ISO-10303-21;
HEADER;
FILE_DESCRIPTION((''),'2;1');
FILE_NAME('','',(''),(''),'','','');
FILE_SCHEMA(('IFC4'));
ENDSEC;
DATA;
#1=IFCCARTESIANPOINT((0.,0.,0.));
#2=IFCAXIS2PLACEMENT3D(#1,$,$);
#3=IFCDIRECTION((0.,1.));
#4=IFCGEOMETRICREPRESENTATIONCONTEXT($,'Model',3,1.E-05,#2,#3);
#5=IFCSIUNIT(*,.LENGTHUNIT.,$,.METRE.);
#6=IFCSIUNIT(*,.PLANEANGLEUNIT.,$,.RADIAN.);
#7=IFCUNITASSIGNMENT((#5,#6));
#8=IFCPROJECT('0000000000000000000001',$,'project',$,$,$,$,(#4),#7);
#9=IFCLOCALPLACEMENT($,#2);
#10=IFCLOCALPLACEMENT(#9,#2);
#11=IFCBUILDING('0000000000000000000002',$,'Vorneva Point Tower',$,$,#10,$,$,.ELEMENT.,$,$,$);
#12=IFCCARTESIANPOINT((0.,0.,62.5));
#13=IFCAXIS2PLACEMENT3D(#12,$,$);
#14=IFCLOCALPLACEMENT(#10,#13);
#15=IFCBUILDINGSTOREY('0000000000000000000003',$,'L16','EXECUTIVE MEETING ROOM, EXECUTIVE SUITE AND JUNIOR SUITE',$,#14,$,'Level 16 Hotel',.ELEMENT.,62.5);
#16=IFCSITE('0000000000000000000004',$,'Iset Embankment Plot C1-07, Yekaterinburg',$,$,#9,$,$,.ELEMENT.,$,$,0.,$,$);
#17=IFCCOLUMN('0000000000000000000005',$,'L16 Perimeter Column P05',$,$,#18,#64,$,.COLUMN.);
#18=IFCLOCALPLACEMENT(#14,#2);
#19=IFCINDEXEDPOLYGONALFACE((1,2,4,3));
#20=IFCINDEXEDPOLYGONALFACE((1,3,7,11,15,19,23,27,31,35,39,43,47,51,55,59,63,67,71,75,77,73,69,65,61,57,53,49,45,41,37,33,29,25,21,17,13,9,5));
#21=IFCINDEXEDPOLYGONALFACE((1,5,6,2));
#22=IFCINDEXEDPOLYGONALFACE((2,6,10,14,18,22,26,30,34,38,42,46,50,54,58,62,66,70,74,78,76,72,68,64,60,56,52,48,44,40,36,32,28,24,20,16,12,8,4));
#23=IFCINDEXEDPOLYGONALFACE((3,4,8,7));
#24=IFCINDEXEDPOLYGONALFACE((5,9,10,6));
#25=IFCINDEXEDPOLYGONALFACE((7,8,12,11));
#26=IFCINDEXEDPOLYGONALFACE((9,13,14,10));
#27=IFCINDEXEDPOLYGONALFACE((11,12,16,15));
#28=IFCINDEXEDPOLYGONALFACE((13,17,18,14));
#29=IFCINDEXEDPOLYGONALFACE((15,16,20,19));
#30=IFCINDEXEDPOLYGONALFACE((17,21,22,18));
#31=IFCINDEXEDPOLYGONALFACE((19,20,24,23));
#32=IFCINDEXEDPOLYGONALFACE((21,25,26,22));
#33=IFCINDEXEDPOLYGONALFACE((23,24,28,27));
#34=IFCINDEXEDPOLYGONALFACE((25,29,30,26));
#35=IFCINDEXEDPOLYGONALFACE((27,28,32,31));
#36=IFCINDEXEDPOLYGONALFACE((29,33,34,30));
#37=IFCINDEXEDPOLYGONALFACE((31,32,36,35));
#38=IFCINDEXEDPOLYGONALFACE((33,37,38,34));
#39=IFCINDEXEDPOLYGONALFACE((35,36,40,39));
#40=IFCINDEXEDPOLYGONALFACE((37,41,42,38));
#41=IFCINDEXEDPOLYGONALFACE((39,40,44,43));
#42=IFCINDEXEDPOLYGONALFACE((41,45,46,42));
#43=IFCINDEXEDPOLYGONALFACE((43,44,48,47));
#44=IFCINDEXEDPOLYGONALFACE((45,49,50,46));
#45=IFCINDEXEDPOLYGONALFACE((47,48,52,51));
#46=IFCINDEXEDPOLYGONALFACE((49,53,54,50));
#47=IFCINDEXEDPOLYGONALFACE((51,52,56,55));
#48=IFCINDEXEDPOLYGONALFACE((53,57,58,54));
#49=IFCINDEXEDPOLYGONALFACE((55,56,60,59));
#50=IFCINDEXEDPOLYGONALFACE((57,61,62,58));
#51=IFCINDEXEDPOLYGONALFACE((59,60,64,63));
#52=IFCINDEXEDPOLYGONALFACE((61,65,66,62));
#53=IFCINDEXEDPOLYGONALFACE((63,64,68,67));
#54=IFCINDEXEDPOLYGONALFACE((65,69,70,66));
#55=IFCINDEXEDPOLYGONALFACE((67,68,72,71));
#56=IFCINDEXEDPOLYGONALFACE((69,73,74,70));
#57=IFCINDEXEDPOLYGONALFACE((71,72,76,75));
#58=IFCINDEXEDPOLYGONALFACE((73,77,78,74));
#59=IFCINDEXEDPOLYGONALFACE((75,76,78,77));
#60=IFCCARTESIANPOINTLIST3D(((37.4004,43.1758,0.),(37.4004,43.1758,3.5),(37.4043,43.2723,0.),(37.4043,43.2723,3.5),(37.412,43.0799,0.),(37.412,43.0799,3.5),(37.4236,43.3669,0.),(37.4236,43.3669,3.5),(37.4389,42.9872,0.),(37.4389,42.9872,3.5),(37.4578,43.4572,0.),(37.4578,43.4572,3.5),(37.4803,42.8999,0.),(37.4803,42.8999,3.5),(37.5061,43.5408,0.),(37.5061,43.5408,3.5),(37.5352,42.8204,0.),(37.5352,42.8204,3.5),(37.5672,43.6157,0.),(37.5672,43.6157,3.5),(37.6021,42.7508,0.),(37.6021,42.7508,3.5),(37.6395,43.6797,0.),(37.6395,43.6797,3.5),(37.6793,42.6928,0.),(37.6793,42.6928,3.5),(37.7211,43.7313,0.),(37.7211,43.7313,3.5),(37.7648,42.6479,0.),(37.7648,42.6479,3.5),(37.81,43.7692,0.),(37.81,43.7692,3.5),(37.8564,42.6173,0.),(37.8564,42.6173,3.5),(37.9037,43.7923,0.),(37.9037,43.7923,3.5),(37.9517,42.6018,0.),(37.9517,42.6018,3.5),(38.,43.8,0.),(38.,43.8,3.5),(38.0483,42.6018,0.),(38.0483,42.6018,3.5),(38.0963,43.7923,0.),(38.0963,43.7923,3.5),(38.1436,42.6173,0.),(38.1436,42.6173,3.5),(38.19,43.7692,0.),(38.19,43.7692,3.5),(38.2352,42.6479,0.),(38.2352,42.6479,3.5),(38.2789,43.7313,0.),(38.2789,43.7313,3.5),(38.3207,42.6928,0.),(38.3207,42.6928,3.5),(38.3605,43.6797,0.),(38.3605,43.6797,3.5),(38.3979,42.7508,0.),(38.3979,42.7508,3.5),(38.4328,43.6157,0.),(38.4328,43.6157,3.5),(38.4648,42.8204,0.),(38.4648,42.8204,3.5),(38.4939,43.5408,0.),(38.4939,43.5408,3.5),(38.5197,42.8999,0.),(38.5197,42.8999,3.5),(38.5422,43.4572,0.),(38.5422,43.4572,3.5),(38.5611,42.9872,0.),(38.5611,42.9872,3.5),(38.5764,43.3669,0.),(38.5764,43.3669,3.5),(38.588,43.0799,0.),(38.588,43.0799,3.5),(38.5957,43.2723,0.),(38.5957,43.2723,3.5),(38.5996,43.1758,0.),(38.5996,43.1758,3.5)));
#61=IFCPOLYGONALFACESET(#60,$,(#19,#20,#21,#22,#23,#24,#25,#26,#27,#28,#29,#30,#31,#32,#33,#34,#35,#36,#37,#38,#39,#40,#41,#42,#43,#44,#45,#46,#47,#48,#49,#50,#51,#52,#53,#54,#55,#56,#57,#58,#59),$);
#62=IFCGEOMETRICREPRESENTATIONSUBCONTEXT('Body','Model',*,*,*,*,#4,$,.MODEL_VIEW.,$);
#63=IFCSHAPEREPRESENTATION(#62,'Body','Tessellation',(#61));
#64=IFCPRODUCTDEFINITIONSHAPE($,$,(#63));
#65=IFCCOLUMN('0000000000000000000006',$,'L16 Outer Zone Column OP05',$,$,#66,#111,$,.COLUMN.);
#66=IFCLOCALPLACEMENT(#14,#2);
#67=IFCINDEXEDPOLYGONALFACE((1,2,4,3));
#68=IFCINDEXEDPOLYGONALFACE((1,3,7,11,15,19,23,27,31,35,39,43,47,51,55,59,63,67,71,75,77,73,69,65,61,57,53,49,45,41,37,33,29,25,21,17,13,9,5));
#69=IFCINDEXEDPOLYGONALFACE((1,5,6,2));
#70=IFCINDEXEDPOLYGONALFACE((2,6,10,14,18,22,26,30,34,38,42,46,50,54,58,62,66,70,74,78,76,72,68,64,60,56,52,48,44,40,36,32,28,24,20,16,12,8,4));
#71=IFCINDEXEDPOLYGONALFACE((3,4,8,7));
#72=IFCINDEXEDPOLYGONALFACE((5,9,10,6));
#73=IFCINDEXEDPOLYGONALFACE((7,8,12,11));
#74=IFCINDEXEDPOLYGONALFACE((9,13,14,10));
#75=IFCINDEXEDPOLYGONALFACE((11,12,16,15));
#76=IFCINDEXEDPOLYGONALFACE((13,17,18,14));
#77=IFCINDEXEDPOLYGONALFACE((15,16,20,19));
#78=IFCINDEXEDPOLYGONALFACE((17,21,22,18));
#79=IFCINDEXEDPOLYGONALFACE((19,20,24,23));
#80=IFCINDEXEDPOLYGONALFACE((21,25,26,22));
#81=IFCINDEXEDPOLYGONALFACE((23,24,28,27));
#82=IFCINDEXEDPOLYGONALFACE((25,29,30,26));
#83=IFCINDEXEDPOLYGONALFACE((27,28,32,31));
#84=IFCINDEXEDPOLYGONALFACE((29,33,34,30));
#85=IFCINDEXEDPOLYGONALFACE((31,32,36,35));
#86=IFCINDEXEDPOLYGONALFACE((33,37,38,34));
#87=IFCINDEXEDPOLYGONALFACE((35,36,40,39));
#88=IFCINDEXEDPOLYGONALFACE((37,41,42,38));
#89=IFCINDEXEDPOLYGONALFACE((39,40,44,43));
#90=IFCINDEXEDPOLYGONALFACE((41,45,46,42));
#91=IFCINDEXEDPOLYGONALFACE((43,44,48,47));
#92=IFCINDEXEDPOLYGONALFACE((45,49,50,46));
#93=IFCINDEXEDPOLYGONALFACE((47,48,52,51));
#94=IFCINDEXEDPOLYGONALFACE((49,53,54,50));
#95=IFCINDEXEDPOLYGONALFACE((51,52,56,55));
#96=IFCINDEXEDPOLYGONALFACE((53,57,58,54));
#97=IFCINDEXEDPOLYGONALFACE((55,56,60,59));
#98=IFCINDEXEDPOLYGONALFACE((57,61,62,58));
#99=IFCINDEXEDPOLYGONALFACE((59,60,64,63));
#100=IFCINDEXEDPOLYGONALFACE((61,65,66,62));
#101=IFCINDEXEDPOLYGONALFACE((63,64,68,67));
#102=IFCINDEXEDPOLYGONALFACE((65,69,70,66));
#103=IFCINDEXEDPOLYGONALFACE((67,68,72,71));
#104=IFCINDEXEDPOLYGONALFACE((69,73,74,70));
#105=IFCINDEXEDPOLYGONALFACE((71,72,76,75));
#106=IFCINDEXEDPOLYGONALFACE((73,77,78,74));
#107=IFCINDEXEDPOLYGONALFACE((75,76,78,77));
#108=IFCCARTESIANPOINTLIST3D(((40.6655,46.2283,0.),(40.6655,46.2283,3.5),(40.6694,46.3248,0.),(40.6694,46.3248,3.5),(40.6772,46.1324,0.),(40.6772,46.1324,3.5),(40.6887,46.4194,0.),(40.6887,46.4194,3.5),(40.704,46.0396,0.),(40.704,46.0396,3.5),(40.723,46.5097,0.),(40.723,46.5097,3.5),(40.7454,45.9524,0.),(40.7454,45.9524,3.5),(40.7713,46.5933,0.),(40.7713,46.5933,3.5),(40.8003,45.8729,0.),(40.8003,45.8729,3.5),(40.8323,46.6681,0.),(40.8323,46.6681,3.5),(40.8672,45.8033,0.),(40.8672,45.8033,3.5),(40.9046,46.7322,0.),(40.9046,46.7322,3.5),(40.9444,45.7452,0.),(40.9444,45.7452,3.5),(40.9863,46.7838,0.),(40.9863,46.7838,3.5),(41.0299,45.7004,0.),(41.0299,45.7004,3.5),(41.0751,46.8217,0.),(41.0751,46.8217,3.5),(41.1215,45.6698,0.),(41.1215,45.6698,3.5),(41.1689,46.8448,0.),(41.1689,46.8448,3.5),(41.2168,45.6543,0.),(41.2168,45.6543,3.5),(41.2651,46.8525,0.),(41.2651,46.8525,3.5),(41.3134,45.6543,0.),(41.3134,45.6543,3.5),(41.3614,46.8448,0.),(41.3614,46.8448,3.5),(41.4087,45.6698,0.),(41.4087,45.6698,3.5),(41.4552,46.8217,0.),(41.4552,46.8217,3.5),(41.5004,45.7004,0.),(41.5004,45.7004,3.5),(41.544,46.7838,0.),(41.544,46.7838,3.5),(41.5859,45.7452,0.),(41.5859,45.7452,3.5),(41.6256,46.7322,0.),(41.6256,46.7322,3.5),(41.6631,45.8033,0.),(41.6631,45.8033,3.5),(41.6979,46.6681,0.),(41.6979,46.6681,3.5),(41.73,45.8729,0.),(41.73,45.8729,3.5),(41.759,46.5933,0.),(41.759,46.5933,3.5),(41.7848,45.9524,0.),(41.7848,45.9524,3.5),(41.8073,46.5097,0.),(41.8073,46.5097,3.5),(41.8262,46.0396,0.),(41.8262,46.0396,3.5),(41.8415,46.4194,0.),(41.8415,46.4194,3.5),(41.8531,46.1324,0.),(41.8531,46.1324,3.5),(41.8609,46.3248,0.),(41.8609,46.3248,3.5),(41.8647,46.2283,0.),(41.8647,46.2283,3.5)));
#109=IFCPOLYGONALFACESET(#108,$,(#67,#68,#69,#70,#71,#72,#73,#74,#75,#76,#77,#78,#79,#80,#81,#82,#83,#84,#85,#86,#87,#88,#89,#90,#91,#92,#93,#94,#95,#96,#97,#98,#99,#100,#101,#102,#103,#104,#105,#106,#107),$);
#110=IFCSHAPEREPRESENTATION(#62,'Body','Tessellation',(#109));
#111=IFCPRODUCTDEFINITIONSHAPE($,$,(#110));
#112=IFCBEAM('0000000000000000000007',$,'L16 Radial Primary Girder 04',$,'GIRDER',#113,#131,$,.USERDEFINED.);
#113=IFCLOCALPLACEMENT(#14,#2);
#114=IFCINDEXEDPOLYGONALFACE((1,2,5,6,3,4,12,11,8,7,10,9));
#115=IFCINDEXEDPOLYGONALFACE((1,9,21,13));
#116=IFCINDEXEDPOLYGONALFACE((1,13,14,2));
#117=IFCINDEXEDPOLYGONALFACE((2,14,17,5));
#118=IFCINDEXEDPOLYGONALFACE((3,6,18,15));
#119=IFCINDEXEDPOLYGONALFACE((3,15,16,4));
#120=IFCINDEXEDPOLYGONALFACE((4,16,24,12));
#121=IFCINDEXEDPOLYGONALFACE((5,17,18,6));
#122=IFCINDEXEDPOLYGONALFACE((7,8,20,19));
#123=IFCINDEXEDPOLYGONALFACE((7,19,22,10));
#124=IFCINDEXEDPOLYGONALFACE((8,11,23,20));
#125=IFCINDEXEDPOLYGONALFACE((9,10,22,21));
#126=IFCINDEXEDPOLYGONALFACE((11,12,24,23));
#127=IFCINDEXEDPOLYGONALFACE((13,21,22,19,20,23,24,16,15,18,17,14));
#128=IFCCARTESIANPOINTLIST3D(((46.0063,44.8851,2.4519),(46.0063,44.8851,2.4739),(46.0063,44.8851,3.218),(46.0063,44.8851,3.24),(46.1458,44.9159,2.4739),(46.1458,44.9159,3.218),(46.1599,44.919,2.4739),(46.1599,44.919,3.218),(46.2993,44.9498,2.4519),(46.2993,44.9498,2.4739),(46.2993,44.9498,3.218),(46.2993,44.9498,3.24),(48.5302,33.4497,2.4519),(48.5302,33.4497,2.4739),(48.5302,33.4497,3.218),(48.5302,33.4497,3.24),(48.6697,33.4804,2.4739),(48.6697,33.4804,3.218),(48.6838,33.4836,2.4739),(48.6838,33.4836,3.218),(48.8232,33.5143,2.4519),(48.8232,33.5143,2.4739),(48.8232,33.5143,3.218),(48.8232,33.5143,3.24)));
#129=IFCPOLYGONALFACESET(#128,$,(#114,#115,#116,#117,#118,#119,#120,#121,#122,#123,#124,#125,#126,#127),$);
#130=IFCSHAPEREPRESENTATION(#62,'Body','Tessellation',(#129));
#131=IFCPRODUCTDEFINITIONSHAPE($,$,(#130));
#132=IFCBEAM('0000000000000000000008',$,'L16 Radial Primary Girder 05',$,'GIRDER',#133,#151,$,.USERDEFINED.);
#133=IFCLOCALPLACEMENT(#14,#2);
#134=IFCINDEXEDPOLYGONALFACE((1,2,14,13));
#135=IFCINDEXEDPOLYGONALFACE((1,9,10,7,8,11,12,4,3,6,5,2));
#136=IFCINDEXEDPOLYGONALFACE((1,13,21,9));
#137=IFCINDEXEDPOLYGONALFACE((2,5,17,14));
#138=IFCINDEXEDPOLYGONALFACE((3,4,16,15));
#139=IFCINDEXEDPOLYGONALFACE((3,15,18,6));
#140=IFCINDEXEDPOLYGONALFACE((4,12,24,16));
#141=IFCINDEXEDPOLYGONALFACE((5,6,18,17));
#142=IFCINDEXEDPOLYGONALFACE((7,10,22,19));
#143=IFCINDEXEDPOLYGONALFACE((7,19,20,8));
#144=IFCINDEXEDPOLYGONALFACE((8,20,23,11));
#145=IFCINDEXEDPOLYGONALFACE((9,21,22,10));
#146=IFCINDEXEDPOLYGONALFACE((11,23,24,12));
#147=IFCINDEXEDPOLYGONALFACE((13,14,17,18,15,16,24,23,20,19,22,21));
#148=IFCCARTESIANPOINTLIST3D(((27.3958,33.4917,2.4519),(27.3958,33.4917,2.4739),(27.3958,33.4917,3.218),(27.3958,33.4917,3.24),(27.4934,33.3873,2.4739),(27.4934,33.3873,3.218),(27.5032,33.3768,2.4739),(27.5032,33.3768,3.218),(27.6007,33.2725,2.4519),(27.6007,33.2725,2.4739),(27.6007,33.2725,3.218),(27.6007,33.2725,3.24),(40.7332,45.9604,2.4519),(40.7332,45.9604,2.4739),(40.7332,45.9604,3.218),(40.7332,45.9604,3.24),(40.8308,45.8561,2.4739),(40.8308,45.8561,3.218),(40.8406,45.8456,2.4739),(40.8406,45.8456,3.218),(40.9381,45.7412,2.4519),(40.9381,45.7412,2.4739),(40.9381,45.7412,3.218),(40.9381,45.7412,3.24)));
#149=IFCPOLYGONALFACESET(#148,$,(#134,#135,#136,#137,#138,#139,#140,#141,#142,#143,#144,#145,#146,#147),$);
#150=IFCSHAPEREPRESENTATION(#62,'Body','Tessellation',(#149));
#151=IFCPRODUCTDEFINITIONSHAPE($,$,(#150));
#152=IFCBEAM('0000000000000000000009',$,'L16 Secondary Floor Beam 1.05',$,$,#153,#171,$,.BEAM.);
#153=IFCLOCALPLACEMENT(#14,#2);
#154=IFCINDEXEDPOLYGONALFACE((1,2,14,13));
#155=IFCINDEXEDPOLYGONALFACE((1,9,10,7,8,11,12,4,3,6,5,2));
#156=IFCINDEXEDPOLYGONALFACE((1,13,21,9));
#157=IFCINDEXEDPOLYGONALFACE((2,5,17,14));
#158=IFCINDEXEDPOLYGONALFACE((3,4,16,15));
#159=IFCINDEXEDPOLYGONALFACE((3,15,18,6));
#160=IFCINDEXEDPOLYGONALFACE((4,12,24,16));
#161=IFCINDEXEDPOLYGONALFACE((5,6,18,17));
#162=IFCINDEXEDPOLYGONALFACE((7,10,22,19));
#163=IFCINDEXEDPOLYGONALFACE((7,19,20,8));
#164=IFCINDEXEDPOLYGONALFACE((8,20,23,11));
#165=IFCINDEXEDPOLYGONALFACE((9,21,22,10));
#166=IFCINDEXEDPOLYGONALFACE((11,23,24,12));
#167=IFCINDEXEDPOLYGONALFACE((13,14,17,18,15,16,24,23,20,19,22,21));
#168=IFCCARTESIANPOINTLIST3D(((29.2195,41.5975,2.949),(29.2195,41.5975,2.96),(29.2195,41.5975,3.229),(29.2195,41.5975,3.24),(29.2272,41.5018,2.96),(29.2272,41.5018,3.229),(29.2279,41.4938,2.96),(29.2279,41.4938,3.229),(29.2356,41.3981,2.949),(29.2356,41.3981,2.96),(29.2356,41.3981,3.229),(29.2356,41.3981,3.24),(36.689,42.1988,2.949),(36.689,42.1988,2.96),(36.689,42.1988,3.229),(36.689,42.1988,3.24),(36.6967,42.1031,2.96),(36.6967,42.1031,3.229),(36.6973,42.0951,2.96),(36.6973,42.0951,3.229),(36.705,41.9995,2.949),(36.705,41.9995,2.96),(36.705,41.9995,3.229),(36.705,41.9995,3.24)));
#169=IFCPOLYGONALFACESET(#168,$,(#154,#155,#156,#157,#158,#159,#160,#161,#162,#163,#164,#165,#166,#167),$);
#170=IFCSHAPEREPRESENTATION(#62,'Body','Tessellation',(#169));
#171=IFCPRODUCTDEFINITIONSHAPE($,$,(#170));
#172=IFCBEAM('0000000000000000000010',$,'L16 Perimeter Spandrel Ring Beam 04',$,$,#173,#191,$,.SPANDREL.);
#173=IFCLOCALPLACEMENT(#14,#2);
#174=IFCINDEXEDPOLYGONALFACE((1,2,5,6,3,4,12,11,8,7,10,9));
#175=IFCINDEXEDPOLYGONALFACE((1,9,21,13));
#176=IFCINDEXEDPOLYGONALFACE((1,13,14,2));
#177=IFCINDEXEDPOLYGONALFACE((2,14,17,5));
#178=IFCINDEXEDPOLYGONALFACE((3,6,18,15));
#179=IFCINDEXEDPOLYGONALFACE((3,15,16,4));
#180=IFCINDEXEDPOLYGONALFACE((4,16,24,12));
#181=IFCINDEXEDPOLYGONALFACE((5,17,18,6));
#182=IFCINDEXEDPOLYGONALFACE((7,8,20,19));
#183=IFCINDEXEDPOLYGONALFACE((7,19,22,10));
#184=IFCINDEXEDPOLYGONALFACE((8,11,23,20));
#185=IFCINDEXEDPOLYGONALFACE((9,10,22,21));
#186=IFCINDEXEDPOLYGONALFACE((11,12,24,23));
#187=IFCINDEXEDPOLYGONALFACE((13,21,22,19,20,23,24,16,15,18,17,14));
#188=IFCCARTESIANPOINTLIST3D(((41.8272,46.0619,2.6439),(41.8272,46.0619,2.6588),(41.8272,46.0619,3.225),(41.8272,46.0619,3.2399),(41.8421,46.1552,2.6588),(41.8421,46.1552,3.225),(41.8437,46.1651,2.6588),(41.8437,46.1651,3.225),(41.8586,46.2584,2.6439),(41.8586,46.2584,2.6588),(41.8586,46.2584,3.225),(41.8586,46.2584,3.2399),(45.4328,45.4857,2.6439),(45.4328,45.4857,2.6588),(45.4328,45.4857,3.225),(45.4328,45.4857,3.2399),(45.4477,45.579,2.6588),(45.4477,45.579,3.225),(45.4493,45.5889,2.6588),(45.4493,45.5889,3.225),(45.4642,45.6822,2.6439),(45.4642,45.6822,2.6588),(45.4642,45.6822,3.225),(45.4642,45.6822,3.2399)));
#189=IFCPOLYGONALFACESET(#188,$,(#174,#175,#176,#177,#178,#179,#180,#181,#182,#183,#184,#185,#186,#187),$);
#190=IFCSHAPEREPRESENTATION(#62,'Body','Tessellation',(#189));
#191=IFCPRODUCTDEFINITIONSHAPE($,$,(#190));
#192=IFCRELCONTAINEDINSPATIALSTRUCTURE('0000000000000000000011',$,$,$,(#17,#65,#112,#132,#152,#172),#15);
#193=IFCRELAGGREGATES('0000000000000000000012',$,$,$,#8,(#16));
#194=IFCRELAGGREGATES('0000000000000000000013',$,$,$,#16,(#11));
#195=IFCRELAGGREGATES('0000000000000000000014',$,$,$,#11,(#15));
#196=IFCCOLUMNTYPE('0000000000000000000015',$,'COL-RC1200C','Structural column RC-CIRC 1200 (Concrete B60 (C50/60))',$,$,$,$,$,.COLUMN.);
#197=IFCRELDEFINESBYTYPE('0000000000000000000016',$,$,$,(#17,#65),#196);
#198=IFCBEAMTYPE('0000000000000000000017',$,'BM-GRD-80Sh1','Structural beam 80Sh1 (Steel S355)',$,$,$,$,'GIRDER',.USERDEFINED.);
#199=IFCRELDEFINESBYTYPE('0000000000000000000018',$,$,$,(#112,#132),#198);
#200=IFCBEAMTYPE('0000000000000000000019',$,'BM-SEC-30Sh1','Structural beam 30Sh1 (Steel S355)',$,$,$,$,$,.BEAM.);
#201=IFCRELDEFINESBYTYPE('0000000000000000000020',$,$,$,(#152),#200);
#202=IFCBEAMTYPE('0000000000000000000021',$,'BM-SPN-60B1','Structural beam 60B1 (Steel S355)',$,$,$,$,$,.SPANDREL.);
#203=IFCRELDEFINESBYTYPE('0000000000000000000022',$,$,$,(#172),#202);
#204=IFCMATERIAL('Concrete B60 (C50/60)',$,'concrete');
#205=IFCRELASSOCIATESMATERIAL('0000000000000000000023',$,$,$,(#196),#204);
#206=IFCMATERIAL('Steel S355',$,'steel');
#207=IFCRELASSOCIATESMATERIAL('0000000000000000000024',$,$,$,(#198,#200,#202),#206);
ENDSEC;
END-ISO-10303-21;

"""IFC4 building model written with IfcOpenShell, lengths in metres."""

from ifc_helpers import new_model, si_unit, direction, frame, origin, origin_2d, place, context, subcontext, project, spatial, circle, i_section, extrude, material, material_profile, profile_set, type_object, element, save


model = new_model("IFC4")

# Units and contexts
model_context = context("Model", 3, precision=1e-05, world=origin(), true_north=direction((0.0, 1.0)))
body_context = subcontext(model_context, "Body", "Model", "MODEL_VIEW")
ifc_project = project(units=[si_unit("LENGTHUNIT", "METRE"), si_unit("PLANEANGLEUNIT", "RADIAN")], contexts=[model_context])

# Site, building, storey
site_placement = place(None, origin())
site = spatial("IfcSite", under=ifc_project, at=site_placement, Name="Iset Embankment Plot C1-07, Yekaterinburg", CompositionType="ELEMENT", RefElevation=0.0)
building_placement = place(site_placement, origin())
building = spatial("IfcBuilding", under=site, at=building_placement, Name="Vorneva Point Tower", CompositionType="ELEMENT")
storey_placement = place(building_placement, frame((0.0, 0.0, 62.5)))
storey = spatial("IfcBuildingStorey", under=building, at=storey_placement, Name="L16", Description="EXECUTIVE MEETING ROOM, EXECUTIVE SUITE AND JUNIOR SUITE", LongName="Level 16 Hotel", CompositionType="ELEMENT", Elevation=62.5)

# Columns
ifc_material_1 = material(Name="Concrete B60 (C50/60)", Category="concrete")
ifc_material_profile_1 = material_profile(ifc_material_1, circle(Radius=0.6001, at=origin_2d()), Name="RC-CIRC 1200")
ifc_profile_set_1 = profile_set([ifc_material_profile_1], Name="Concrete B60 (C50/60)")
column_type = type_object("IfcColumnType", Name="COL-RC1200C", Description="Structural column RC-CIRC 1200 (Concrete B60 (C50/60))", PredefinedType="COLUMN", material=ifc_profile_set_1)
for number, where, z_axis, x_axis, name in (
    (1, (38.0, 43.2, 0.0), (0.0, 0.0, 1.0), (0.0, 1.0, 0.0), "L16 Perimeter Column P05"),
    (2, (41.2651, 46.2524, 0.0), (0.0, 0.0, 1.0), (0.0, 1.0, 0.0), "L16 Outer Zone Column OP05"),
):
    element("IfcColumn", number, at=place(storey_placement, frame(where, z_axis=z_axis, x_axis=x_axis)), inside=storey, type_object=column_type, Name=name, PredefinedType="COLUMN", context=body_context, shape_type="SweptSolid", body=[
        extrude(circle(Radius=0.6001, at=origin_2d()), origin(), (0.0, 0.0, 1.0), 3.5),
    ])

# Beams
ifc_material_2 = material(Name="Steel S355", Category="steel")
ifc_material_profile_2 = material_profile(ifc_material_2, i_section(OverallWidth=0.3, OverallDepth=0.7881, WebThickness=0.0144, FlangeThickness=0.022, at=origin_2d()), Name="80Sh1")
ifc_profile_set_2 = profile_set([ifc_material_profile_2], Name="Steel S355")
beam_type_1 = type_object("IfcBeamType", Name="BM-GRD-80Sh1", Description="Structural beam 80Sh1 (Steel S355)", ElementType="GIRDER", PredefinedType="USERDEFINED", material=ifc_profile_set_2)
beam_1_placement = place(storey_placement, frame((46.1528, 44.9175, 2.8459), z_axis=(0.215522, -0.976499, 0.0), x_axis=(0.976499, 0.215522, 0.0)))
element("IfcBeam", 3, at=beam_1_placement, inside=storey, type_object=beam_type_1, Name="L16 Radial Primary Girder 04", ObjectType="GIRDER", PredefinedType="USERDEFINED", context=body_context, shape_type="SweptSolid", body=[
    extrude(i_section(OverallWidth=0.3, OverallDepth=0.7881, WebThickness=0.0144, FlangeThickness=0.022, at=origin_2d()), origin(), (0.0, 0.0, 1.0), 11.7107),
])
beam_2_placement = place(storey_placement, frame((40.8357, 45.8508, 2.8459), z_axis=(-0.730495, -0.682918, 0.0), x_axis=(0.682918, -0.730495, 0.0)))
element("IfcBeam", 4, at=beam_2_placement, inside=storey, type_object=beam_type_1, Name="L16 Radial Primary Girder 05", ObjectType="GIRDER", PredefinedType="USERDEFINED", context=body_context, shape_type="SweptSolid", body=[
    extrude(i_section(OverallWidth=0.3, OverallDepth=0.7881, WebThickness=0.0144, FlangeThickness=0.022, at=origin_2d()), origin(), (0.0, 0.0, 1.0), 18.2581),
])
ifc_material_profile_3 = material_profile(ifc_material_2, i_section(OverallWidth=0.2, OverallDepth=0.291, WebThickness=0.0081, FlangeThickness=0.011, at=origin_2d()), Name="30Sh1")
ifc_profile_set_3 = profile_set([ifc_material_profile_3], Name="Steel S355")
beam_type_2 = type_object("IfcBeamType", Name="BM-SEC-30Sh1", Description="Structural beam 30Sh1 (Steel S355)", PredefinedType="BEAM", material=ifc_profile_set_3)
beam_3_placement = place(storey_placement, frame((36.697, 42.0991, 3.0945), z_axis=(-0.996775, -0.080244, 0.0), x_axis=(0.080244, -0.996775, 0.0)))
element("IfcBeam", 5, at=beam_3_placement, inside=storey, type_object=beam_type_2, Name="L16 Secondary Floor Beam 1.05", PredefinedType="BEAM", context=body_context, shape_type="SweptSolid", body=[
    extrude(i_section(OverallWidth=0.2, OverallDepth=0.291, WebThickness=0.0081, FlangeThickness=0.011, at=origin_2d()), origin(), (0.0, 0.0, 1.0), 7.4937),
])
ifc_material_profile_4 = material_profile(ifc_material_2, i_section(OverallWidth=0.199, OverallDepth=0.5959, WebThickness=0.01, FlangeThickness=0.0149, at=origin_2d()), Name="60B1")
ifc_profile_set_4 = profile_set([ifc_material_profile_4], Name="Steel S355")
beam_type_3 = type_object("IfcBeamType", Name="BM-SPN-60B1", Description="Structural beam 60B1 (Steel S355)", PredefinedType="SPANDREL", material=ifc_profile_set_4)
beam_4_placement = place(storey_placement, frame((45.4485, 45.584, 2.9419), z_axis=(-0.987472, 0.157792, 0.0), x_axis=(-0.157792, -0.987472, 0.0)))
element("IfcBeam", 6, at=beam_4_placement, inside=storey, type_object=beam_type_3, Name="L16 Perimeter Spandrel Ring Beam 04", PredefinedType="SPANDREL", context=body_context, shape_type="SweptSolid", body=[
    extrude(i_section(OverallWidth=0.199, OverallDepth=0.5959, WebThickness=0.01, FlangeThickness=0.0149, at=origin_2d()), origin(), (0.0, 0.0, 1.0), 3.6514),
])

save(model, "model.ifc")
